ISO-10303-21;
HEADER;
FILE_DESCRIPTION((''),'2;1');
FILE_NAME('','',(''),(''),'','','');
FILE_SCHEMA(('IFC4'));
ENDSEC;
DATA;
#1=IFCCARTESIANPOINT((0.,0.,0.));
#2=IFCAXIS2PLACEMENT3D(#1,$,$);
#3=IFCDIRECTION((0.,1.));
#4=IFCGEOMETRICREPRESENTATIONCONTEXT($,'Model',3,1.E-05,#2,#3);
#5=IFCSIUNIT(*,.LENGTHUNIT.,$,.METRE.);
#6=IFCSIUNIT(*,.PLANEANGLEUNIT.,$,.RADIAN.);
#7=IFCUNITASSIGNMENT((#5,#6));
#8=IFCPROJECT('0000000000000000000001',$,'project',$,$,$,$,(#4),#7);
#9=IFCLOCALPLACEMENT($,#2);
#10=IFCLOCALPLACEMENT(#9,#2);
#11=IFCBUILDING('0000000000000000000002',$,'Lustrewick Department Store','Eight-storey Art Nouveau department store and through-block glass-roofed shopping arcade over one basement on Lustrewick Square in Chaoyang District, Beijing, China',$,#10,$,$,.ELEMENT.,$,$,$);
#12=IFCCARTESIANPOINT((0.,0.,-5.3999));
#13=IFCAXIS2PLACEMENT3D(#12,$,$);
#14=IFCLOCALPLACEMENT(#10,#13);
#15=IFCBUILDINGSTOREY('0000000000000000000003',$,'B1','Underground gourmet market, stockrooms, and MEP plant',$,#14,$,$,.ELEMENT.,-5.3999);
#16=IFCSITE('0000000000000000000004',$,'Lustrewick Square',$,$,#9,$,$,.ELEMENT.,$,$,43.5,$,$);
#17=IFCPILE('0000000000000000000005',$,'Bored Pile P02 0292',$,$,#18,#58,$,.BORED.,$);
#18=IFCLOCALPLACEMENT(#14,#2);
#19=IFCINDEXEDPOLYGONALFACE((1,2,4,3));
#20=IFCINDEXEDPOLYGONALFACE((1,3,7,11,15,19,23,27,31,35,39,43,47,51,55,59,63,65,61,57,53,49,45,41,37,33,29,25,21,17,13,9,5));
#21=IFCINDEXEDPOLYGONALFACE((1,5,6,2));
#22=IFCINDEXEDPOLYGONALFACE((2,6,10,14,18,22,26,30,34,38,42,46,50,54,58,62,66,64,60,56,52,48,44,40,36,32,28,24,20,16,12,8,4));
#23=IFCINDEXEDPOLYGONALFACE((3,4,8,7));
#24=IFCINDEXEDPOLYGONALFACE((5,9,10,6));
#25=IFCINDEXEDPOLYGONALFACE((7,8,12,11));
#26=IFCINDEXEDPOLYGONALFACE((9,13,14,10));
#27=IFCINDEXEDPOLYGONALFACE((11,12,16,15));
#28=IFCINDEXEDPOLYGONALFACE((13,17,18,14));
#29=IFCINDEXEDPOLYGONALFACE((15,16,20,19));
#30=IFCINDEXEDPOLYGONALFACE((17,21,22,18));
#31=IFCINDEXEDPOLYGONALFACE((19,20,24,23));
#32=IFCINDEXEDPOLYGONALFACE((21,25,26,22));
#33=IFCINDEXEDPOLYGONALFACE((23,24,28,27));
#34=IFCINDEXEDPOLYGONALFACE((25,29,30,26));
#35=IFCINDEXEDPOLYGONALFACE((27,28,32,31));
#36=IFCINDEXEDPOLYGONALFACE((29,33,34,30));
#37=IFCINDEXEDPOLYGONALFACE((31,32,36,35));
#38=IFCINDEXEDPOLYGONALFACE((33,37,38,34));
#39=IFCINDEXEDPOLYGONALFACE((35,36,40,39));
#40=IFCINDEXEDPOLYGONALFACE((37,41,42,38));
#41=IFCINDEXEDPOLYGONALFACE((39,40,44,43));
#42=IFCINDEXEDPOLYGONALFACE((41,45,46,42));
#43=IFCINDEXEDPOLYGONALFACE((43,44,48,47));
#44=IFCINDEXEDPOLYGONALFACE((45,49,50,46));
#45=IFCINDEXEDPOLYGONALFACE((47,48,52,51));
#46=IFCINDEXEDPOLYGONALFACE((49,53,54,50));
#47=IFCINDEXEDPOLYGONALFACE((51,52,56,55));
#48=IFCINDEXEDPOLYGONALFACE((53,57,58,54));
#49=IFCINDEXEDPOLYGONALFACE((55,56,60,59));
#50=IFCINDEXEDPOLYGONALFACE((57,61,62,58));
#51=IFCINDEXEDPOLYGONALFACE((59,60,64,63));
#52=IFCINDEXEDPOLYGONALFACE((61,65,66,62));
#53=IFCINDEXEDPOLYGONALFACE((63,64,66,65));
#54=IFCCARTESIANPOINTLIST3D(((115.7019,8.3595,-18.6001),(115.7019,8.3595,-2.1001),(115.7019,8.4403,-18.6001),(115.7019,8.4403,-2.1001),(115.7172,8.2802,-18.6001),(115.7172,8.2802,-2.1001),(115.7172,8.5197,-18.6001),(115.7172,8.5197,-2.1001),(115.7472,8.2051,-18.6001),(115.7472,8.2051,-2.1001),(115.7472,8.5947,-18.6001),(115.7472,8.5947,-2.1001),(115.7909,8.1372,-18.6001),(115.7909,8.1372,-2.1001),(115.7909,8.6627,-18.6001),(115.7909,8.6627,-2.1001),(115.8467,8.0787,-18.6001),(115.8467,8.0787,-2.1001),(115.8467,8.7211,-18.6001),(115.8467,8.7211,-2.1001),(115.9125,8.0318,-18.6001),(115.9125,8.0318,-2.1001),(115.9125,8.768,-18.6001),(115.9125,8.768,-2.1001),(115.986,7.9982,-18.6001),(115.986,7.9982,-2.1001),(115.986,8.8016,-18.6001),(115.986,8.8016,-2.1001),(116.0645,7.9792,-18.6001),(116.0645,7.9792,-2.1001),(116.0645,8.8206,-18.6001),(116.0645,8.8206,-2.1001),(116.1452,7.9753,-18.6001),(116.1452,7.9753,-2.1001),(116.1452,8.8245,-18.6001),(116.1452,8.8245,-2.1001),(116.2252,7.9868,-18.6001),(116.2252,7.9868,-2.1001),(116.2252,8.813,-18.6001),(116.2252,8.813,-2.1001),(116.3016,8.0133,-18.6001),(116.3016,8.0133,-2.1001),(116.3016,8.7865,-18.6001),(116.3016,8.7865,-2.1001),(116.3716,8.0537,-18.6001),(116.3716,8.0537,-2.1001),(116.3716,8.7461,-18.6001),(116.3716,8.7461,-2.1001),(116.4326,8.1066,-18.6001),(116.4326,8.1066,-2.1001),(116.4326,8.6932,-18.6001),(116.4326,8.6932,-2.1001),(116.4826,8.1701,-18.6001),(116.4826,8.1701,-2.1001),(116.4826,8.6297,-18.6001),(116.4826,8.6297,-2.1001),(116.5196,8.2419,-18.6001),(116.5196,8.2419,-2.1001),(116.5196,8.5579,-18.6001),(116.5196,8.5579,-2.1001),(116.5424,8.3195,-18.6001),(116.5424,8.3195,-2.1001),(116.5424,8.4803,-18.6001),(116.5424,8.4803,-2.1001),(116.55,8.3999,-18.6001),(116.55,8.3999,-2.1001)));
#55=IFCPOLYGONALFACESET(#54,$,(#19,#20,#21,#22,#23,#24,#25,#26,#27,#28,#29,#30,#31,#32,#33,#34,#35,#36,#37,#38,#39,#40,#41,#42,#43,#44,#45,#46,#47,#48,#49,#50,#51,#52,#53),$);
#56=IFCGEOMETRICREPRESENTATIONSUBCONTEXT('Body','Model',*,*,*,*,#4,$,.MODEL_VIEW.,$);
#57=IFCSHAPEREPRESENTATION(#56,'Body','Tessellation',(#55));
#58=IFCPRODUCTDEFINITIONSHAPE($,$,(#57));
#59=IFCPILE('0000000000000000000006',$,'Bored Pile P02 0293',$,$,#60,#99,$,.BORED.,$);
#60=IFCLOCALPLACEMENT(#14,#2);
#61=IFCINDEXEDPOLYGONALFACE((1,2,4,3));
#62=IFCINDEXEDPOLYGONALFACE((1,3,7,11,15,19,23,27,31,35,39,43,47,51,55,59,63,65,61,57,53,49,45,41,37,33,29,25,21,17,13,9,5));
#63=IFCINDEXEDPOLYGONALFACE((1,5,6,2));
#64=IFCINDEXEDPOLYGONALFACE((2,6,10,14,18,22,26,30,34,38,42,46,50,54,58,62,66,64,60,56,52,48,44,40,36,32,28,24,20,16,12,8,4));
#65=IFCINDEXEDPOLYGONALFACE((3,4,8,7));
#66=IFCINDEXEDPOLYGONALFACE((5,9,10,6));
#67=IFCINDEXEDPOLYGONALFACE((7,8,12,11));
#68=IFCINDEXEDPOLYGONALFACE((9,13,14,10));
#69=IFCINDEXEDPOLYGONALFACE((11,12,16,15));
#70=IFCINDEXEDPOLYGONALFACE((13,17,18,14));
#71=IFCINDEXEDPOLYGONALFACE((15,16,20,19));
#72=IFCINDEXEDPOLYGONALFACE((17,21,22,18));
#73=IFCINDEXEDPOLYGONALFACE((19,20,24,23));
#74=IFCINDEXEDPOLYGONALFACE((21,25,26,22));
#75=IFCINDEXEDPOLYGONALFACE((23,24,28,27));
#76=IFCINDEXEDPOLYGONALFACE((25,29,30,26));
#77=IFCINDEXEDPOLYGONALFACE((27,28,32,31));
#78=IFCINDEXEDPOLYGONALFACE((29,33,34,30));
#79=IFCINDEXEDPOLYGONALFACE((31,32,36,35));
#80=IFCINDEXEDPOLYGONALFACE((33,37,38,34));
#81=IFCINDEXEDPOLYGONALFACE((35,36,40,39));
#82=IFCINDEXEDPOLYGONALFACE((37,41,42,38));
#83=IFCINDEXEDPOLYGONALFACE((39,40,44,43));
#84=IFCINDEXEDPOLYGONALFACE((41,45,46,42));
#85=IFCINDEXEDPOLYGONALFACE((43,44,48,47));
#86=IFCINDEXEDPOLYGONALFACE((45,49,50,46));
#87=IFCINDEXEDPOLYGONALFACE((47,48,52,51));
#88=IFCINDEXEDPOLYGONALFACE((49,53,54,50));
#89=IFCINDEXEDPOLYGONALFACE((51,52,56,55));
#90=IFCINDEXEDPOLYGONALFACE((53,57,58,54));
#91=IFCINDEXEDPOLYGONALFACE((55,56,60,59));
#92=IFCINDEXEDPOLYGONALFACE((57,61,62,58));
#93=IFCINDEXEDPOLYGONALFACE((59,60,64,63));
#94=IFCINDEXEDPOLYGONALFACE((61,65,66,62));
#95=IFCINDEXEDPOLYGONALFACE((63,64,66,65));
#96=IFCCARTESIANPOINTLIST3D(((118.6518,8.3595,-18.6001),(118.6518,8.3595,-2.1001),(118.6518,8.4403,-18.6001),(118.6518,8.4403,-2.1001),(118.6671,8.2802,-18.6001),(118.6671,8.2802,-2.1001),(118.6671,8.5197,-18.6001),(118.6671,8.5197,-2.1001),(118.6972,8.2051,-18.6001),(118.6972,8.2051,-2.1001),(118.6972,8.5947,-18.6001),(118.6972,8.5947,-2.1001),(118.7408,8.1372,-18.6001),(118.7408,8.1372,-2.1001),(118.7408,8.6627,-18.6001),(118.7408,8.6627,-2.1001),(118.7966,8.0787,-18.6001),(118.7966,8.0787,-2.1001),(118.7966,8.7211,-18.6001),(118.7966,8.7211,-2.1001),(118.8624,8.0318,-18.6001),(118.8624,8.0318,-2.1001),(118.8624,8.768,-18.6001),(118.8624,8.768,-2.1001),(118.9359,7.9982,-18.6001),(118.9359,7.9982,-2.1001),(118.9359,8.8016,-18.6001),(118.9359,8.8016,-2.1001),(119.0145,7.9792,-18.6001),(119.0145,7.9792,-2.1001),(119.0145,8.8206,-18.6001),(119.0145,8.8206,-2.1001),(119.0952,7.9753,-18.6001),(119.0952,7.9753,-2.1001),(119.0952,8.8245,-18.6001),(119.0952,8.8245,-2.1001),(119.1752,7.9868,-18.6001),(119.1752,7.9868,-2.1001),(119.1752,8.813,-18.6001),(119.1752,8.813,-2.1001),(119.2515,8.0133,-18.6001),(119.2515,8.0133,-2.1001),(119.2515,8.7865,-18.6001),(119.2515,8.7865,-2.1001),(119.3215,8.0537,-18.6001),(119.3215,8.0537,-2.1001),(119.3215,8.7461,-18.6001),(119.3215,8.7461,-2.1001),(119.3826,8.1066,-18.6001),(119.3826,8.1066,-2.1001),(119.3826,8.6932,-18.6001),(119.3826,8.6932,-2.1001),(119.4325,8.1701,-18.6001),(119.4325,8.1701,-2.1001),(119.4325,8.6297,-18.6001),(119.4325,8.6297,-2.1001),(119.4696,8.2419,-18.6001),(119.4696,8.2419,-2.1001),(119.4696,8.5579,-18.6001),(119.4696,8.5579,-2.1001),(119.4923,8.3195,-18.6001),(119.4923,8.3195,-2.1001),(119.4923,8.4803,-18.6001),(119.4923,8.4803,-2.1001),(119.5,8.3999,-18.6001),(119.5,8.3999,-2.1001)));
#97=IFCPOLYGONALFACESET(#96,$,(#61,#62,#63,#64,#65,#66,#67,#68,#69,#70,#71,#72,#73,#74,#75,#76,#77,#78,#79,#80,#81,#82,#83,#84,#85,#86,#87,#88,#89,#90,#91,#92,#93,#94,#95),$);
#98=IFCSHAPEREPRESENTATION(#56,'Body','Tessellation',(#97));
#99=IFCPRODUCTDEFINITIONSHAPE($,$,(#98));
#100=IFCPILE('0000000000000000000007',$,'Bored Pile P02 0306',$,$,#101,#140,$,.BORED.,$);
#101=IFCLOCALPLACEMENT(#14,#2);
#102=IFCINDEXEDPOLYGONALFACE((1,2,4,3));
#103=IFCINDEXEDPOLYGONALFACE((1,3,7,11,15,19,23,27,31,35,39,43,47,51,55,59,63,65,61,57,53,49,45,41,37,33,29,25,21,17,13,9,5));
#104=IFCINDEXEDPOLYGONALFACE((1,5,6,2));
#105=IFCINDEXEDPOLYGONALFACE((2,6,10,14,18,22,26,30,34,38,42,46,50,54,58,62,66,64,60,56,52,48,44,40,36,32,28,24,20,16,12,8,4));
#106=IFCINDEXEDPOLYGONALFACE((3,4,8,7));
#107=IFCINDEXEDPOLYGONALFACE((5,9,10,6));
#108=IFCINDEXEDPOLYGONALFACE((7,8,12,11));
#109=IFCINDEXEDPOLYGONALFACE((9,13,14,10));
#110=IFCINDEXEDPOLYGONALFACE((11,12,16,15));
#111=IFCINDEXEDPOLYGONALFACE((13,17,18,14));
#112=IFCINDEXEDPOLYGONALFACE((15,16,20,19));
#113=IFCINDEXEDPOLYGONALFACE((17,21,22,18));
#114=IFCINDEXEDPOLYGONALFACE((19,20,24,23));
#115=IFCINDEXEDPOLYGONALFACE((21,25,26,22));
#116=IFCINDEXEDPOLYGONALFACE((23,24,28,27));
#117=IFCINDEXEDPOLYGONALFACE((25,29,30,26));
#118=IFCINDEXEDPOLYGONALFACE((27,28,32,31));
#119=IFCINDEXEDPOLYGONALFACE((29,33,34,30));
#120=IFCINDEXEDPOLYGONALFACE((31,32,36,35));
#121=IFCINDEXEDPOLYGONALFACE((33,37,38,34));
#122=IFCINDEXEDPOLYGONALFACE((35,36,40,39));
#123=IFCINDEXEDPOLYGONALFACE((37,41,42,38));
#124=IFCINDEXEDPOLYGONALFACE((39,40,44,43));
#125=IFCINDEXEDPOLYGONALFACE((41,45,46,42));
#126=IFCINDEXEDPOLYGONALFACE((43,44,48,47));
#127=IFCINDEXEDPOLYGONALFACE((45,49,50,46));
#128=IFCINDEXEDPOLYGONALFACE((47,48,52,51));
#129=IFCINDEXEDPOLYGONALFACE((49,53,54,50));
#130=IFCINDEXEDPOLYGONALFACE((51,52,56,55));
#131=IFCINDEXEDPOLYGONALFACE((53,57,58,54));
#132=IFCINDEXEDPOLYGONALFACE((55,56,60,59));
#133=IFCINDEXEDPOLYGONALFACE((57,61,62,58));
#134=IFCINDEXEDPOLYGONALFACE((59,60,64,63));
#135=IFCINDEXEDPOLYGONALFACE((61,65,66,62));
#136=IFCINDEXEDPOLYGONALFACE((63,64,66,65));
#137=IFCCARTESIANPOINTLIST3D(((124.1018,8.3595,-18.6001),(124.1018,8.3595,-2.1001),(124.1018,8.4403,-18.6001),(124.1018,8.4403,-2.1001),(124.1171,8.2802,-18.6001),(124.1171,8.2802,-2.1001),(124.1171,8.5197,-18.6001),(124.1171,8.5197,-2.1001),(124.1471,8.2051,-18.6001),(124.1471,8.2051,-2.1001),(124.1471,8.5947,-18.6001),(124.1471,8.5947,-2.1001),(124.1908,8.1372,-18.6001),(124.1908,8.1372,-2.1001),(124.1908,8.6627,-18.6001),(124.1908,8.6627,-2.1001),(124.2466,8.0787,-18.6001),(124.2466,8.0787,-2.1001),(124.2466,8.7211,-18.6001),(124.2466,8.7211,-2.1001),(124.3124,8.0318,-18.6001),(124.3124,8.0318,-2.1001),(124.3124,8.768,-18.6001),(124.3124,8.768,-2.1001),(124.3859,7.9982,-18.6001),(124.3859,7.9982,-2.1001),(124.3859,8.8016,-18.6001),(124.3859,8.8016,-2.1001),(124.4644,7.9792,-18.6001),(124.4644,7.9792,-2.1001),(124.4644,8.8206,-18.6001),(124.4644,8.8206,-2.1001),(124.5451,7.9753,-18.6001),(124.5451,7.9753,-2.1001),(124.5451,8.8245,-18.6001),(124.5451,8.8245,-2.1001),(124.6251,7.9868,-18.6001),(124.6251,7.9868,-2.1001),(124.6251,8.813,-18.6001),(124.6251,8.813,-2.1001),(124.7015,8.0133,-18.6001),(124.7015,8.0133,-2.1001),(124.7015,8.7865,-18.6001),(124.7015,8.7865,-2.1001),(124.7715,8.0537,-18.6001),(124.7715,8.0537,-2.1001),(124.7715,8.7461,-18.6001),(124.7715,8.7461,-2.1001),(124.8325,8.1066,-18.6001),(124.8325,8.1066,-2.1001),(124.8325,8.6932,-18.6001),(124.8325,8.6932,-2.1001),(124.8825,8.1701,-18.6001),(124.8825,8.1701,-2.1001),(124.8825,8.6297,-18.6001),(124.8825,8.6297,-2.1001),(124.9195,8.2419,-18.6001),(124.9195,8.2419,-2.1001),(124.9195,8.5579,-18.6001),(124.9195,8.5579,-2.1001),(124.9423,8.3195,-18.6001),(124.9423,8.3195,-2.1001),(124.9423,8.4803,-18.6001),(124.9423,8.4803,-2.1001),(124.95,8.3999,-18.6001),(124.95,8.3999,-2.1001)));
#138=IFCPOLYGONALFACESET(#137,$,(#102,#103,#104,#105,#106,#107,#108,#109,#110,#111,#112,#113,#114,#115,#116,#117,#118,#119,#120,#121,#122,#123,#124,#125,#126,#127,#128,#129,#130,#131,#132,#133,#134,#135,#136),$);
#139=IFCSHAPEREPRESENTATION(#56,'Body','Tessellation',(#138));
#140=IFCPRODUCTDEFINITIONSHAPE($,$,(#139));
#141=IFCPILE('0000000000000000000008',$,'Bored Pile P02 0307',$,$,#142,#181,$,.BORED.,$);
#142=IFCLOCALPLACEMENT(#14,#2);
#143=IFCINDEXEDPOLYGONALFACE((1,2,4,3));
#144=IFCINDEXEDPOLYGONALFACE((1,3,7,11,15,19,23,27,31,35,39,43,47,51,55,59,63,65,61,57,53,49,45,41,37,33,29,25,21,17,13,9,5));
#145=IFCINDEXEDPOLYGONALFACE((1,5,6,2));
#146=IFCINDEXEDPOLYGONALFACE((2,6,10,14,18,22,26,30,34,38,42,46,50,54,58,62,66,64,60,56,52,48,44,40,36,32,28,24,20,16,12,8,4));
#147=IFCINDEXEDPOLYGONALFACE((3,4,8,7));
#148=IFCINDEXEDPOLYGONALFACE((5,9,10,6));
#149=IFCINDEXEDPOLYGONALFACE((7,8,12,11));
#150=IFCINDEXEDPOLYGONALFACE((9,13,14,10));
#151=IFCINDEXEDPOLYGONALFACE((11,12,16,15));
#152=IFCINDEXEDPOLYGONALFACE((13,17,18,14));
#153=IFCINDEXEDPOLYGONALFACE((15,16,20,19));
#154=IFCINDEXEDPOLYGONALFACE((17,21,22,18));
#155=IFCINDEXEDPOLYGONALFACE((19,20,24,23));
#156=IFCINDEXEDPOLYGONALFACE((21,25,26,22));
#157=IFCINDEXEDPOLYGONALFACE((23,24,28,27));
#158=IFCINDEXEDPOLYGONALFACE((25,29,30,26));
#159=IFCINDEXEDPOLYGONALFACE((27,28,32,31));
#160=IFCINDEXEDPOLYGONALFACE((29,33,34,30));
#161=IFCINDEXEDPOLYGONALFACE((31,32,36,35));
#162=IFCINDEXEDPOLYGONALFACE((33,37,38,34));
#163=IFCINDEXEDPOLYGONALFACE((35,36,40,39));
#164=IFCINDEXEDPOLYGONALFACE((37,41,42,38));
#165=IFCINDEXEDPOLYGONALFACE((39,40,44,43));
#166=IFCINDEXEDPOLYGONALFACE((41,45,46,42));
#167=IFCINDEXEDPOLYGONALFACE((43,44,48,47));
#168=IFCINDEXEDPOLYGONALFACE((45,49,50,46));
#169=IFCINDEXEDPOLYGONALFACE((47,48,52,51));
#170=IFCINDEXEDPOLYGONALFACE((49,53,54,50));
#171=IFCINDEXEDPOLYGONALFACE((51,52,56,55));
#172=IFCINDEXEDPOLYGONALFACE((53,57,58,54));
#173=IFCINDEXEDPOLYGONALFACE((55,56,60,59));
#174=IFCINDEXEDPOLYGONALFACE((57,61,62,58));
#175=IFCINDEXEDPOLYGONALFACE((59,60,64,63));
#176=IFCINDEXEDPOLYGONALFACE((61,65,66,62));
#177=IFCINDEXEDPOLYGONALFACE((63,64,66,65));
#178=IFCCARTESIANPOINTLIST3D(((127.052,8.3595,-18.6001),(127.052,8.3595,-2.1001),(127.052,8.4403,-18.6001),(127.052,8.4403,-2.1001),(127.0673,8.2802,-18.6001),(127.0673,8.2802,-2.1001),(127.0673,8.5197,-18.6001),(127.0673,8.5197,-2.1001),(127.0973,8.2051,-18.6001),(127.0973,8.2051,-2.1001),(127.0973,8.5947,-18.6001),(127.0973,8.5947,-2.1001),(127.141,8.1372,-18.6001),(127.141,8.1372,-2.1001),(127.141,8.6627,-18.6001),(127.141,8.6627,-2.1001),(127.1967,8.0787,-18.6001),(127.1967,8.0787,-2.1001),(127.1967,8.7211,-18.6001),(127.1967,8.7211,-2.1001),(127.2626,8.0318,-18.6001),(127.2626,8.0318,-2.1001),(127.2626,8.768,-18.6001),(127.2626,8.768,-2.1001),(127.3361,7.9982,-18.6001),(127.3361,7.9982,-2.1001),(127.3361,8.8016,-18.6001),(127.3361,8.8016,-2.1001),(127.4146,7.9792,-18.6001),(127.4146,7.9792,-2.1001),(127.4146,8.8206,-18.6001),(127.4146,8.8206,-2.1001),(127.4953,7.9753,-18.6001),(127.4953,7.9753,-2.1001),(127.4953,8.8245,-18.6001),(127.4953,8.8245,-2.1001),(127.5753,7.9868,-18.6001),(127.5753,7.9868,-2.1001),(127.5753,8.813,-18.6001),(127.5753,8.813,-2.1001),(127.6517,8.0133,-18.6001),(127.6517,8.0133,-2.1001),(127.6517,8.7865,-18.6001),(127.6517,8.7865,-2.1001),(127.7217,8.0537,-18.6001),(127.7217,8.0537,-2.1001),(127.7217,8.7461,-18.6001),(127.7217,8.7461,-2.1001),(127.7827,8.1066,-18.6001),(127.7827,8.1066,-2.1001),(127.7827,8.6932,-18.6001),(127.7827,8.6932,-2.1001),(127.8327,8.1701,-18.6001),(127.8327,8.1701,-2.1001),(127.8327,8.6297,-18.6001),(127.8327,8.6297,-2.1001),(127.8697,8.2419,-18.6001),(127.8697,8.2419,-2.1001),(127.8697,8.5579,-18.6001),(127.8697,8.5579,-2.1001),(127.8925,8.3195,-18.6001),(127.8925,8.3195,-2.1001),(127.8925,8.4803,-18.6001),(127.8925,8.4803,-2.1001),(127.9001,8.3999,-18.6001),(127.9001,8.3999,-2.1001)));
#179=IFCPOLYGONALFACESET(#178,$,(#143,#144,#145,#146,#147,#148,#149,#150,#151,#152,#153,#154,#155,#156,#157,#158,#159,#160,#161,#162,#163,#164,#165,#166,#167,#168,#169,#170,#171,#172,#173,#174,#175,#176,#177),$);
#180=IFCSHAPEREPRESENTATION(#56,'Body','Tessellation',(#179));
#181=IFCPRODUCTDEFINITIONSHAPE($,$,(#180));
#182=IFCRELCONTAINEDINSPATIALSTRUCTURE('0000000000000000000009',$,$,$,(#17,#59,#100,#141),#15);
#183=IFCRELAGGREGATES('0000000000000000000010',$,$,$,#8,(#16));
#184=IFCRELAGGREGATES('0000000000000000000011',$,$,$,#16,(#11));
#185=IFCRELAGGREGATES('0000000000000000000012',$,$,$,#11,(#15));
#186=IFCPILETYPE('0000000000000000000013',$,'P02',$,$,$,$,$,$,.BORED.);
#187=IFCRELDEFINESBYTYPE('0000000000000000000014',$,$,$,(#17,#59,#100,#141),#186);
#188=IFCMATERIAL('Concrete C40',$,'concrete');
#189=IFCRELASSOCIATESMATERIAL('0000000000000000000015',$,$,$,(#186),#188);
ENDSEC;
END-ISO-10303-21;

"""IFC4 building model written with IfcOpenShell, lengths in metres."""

from ifc_helpers import new_model, si_unit, direction, frame, origin, origin_2d, place, context, subcontext, project, spatial, circle, extrude, material, material_profile, profile_set, type_object, element, save


model = new_model("IFC4")

# Units and contexts
model_context = context("Model", 3, precision=1e-05, world=origin(), true_north=direction((0.0, 1.0)))
body_context = subcontext(model_context, "Body", "Model", "MODEL_VIEW")
ifc_project = project(units=[si_unit("LENGTHUNIT", "METRE"), si_unit("PLANEANGLEUNIT", "RADIAN")], contexts=[model_context])

# Site, building, storey
site_placement = place(None, origin())
site = spatial("IfcSite", under=ifc_project, at=site_placement, Name="Lustrewick Square", CompositionType="ELEMENT", RefElevation=43.5)
building_placement = place(site_placement, origin())
building = spatial("IfcBuilding", under=site, at=building_placement, Name="Lustrewick Department Store", Description="Eight-storey Art Nouveau department store and through-block glass-roofed shopping arcade over one basement on Lustrewick Square in Chaoyang District, Beijing, China", CompositionType="ELEMENT")
storey_placement = place(building_placement, frame((0.0, 0.0, -5.3999)))
storey = spatial("IfcBuildingStorey", under=building, at=storey_placement, Name="B1", Description="Underground gourmet market, stockrooms, and MEP plant", CompositionType="ELEMENT", Elevation=-5.3999)

# Piles
ifc_material_1 = material(Name="Concrete C40", Category="concrete")
ifc_material_profile_1 = material_profile(ifc_material_1, circle(Radius=0.425, at=origin_2d()), Name="PILE D850")
ifc_profile_set_1 = profile_set([ifc_material_profile_1], Name="Concrete C40")
pile_type_1 = type_object("IfcPileType", Name="P02", PredefinedType="BORED", material=ifc_profile_set_1)
for number, where, z_axis, x_axis, name in (
    (1, (116.125, 8.3999, -2.1001), (0.0, 0.0, -1.0), (1.0, 0.0, 0.0), "Bored Pile P02 0292"),
    (2, (119.075, 8.3999, -2.1001), (0.0, 0.0, -1.0), (1.0, 0.0, 0.0), "Bored Pile P02 0293"),
    (3, (124.5249, 8.3999, -2.1001), (0.0, 0.0, -1.0), (1.0, 0.0, 0.0), "Bored Pile P02 0306"),
    (4, (127.4751, 8.3999, -2.1001), (0.0, 0.0, -1.0), (1.0, 0.0, 0.0), "Bored Pile P02 0307"),
):
    element("IfcPile", number, at=place(storey_placement, frame(where, z_axis=z_axis, x_axis=x_axis)), inside=storey, type_object=pile_type_1, Name=name, PredefinedType="BORED", context=body_context, shape_type="SweptSolid", body=[
        extrude(circle(Radius=0.425, at=origin_2d()), origin(), (0.0, 0.0, 1.0), 16.5),
    ])

save(model, "model.ifc")
